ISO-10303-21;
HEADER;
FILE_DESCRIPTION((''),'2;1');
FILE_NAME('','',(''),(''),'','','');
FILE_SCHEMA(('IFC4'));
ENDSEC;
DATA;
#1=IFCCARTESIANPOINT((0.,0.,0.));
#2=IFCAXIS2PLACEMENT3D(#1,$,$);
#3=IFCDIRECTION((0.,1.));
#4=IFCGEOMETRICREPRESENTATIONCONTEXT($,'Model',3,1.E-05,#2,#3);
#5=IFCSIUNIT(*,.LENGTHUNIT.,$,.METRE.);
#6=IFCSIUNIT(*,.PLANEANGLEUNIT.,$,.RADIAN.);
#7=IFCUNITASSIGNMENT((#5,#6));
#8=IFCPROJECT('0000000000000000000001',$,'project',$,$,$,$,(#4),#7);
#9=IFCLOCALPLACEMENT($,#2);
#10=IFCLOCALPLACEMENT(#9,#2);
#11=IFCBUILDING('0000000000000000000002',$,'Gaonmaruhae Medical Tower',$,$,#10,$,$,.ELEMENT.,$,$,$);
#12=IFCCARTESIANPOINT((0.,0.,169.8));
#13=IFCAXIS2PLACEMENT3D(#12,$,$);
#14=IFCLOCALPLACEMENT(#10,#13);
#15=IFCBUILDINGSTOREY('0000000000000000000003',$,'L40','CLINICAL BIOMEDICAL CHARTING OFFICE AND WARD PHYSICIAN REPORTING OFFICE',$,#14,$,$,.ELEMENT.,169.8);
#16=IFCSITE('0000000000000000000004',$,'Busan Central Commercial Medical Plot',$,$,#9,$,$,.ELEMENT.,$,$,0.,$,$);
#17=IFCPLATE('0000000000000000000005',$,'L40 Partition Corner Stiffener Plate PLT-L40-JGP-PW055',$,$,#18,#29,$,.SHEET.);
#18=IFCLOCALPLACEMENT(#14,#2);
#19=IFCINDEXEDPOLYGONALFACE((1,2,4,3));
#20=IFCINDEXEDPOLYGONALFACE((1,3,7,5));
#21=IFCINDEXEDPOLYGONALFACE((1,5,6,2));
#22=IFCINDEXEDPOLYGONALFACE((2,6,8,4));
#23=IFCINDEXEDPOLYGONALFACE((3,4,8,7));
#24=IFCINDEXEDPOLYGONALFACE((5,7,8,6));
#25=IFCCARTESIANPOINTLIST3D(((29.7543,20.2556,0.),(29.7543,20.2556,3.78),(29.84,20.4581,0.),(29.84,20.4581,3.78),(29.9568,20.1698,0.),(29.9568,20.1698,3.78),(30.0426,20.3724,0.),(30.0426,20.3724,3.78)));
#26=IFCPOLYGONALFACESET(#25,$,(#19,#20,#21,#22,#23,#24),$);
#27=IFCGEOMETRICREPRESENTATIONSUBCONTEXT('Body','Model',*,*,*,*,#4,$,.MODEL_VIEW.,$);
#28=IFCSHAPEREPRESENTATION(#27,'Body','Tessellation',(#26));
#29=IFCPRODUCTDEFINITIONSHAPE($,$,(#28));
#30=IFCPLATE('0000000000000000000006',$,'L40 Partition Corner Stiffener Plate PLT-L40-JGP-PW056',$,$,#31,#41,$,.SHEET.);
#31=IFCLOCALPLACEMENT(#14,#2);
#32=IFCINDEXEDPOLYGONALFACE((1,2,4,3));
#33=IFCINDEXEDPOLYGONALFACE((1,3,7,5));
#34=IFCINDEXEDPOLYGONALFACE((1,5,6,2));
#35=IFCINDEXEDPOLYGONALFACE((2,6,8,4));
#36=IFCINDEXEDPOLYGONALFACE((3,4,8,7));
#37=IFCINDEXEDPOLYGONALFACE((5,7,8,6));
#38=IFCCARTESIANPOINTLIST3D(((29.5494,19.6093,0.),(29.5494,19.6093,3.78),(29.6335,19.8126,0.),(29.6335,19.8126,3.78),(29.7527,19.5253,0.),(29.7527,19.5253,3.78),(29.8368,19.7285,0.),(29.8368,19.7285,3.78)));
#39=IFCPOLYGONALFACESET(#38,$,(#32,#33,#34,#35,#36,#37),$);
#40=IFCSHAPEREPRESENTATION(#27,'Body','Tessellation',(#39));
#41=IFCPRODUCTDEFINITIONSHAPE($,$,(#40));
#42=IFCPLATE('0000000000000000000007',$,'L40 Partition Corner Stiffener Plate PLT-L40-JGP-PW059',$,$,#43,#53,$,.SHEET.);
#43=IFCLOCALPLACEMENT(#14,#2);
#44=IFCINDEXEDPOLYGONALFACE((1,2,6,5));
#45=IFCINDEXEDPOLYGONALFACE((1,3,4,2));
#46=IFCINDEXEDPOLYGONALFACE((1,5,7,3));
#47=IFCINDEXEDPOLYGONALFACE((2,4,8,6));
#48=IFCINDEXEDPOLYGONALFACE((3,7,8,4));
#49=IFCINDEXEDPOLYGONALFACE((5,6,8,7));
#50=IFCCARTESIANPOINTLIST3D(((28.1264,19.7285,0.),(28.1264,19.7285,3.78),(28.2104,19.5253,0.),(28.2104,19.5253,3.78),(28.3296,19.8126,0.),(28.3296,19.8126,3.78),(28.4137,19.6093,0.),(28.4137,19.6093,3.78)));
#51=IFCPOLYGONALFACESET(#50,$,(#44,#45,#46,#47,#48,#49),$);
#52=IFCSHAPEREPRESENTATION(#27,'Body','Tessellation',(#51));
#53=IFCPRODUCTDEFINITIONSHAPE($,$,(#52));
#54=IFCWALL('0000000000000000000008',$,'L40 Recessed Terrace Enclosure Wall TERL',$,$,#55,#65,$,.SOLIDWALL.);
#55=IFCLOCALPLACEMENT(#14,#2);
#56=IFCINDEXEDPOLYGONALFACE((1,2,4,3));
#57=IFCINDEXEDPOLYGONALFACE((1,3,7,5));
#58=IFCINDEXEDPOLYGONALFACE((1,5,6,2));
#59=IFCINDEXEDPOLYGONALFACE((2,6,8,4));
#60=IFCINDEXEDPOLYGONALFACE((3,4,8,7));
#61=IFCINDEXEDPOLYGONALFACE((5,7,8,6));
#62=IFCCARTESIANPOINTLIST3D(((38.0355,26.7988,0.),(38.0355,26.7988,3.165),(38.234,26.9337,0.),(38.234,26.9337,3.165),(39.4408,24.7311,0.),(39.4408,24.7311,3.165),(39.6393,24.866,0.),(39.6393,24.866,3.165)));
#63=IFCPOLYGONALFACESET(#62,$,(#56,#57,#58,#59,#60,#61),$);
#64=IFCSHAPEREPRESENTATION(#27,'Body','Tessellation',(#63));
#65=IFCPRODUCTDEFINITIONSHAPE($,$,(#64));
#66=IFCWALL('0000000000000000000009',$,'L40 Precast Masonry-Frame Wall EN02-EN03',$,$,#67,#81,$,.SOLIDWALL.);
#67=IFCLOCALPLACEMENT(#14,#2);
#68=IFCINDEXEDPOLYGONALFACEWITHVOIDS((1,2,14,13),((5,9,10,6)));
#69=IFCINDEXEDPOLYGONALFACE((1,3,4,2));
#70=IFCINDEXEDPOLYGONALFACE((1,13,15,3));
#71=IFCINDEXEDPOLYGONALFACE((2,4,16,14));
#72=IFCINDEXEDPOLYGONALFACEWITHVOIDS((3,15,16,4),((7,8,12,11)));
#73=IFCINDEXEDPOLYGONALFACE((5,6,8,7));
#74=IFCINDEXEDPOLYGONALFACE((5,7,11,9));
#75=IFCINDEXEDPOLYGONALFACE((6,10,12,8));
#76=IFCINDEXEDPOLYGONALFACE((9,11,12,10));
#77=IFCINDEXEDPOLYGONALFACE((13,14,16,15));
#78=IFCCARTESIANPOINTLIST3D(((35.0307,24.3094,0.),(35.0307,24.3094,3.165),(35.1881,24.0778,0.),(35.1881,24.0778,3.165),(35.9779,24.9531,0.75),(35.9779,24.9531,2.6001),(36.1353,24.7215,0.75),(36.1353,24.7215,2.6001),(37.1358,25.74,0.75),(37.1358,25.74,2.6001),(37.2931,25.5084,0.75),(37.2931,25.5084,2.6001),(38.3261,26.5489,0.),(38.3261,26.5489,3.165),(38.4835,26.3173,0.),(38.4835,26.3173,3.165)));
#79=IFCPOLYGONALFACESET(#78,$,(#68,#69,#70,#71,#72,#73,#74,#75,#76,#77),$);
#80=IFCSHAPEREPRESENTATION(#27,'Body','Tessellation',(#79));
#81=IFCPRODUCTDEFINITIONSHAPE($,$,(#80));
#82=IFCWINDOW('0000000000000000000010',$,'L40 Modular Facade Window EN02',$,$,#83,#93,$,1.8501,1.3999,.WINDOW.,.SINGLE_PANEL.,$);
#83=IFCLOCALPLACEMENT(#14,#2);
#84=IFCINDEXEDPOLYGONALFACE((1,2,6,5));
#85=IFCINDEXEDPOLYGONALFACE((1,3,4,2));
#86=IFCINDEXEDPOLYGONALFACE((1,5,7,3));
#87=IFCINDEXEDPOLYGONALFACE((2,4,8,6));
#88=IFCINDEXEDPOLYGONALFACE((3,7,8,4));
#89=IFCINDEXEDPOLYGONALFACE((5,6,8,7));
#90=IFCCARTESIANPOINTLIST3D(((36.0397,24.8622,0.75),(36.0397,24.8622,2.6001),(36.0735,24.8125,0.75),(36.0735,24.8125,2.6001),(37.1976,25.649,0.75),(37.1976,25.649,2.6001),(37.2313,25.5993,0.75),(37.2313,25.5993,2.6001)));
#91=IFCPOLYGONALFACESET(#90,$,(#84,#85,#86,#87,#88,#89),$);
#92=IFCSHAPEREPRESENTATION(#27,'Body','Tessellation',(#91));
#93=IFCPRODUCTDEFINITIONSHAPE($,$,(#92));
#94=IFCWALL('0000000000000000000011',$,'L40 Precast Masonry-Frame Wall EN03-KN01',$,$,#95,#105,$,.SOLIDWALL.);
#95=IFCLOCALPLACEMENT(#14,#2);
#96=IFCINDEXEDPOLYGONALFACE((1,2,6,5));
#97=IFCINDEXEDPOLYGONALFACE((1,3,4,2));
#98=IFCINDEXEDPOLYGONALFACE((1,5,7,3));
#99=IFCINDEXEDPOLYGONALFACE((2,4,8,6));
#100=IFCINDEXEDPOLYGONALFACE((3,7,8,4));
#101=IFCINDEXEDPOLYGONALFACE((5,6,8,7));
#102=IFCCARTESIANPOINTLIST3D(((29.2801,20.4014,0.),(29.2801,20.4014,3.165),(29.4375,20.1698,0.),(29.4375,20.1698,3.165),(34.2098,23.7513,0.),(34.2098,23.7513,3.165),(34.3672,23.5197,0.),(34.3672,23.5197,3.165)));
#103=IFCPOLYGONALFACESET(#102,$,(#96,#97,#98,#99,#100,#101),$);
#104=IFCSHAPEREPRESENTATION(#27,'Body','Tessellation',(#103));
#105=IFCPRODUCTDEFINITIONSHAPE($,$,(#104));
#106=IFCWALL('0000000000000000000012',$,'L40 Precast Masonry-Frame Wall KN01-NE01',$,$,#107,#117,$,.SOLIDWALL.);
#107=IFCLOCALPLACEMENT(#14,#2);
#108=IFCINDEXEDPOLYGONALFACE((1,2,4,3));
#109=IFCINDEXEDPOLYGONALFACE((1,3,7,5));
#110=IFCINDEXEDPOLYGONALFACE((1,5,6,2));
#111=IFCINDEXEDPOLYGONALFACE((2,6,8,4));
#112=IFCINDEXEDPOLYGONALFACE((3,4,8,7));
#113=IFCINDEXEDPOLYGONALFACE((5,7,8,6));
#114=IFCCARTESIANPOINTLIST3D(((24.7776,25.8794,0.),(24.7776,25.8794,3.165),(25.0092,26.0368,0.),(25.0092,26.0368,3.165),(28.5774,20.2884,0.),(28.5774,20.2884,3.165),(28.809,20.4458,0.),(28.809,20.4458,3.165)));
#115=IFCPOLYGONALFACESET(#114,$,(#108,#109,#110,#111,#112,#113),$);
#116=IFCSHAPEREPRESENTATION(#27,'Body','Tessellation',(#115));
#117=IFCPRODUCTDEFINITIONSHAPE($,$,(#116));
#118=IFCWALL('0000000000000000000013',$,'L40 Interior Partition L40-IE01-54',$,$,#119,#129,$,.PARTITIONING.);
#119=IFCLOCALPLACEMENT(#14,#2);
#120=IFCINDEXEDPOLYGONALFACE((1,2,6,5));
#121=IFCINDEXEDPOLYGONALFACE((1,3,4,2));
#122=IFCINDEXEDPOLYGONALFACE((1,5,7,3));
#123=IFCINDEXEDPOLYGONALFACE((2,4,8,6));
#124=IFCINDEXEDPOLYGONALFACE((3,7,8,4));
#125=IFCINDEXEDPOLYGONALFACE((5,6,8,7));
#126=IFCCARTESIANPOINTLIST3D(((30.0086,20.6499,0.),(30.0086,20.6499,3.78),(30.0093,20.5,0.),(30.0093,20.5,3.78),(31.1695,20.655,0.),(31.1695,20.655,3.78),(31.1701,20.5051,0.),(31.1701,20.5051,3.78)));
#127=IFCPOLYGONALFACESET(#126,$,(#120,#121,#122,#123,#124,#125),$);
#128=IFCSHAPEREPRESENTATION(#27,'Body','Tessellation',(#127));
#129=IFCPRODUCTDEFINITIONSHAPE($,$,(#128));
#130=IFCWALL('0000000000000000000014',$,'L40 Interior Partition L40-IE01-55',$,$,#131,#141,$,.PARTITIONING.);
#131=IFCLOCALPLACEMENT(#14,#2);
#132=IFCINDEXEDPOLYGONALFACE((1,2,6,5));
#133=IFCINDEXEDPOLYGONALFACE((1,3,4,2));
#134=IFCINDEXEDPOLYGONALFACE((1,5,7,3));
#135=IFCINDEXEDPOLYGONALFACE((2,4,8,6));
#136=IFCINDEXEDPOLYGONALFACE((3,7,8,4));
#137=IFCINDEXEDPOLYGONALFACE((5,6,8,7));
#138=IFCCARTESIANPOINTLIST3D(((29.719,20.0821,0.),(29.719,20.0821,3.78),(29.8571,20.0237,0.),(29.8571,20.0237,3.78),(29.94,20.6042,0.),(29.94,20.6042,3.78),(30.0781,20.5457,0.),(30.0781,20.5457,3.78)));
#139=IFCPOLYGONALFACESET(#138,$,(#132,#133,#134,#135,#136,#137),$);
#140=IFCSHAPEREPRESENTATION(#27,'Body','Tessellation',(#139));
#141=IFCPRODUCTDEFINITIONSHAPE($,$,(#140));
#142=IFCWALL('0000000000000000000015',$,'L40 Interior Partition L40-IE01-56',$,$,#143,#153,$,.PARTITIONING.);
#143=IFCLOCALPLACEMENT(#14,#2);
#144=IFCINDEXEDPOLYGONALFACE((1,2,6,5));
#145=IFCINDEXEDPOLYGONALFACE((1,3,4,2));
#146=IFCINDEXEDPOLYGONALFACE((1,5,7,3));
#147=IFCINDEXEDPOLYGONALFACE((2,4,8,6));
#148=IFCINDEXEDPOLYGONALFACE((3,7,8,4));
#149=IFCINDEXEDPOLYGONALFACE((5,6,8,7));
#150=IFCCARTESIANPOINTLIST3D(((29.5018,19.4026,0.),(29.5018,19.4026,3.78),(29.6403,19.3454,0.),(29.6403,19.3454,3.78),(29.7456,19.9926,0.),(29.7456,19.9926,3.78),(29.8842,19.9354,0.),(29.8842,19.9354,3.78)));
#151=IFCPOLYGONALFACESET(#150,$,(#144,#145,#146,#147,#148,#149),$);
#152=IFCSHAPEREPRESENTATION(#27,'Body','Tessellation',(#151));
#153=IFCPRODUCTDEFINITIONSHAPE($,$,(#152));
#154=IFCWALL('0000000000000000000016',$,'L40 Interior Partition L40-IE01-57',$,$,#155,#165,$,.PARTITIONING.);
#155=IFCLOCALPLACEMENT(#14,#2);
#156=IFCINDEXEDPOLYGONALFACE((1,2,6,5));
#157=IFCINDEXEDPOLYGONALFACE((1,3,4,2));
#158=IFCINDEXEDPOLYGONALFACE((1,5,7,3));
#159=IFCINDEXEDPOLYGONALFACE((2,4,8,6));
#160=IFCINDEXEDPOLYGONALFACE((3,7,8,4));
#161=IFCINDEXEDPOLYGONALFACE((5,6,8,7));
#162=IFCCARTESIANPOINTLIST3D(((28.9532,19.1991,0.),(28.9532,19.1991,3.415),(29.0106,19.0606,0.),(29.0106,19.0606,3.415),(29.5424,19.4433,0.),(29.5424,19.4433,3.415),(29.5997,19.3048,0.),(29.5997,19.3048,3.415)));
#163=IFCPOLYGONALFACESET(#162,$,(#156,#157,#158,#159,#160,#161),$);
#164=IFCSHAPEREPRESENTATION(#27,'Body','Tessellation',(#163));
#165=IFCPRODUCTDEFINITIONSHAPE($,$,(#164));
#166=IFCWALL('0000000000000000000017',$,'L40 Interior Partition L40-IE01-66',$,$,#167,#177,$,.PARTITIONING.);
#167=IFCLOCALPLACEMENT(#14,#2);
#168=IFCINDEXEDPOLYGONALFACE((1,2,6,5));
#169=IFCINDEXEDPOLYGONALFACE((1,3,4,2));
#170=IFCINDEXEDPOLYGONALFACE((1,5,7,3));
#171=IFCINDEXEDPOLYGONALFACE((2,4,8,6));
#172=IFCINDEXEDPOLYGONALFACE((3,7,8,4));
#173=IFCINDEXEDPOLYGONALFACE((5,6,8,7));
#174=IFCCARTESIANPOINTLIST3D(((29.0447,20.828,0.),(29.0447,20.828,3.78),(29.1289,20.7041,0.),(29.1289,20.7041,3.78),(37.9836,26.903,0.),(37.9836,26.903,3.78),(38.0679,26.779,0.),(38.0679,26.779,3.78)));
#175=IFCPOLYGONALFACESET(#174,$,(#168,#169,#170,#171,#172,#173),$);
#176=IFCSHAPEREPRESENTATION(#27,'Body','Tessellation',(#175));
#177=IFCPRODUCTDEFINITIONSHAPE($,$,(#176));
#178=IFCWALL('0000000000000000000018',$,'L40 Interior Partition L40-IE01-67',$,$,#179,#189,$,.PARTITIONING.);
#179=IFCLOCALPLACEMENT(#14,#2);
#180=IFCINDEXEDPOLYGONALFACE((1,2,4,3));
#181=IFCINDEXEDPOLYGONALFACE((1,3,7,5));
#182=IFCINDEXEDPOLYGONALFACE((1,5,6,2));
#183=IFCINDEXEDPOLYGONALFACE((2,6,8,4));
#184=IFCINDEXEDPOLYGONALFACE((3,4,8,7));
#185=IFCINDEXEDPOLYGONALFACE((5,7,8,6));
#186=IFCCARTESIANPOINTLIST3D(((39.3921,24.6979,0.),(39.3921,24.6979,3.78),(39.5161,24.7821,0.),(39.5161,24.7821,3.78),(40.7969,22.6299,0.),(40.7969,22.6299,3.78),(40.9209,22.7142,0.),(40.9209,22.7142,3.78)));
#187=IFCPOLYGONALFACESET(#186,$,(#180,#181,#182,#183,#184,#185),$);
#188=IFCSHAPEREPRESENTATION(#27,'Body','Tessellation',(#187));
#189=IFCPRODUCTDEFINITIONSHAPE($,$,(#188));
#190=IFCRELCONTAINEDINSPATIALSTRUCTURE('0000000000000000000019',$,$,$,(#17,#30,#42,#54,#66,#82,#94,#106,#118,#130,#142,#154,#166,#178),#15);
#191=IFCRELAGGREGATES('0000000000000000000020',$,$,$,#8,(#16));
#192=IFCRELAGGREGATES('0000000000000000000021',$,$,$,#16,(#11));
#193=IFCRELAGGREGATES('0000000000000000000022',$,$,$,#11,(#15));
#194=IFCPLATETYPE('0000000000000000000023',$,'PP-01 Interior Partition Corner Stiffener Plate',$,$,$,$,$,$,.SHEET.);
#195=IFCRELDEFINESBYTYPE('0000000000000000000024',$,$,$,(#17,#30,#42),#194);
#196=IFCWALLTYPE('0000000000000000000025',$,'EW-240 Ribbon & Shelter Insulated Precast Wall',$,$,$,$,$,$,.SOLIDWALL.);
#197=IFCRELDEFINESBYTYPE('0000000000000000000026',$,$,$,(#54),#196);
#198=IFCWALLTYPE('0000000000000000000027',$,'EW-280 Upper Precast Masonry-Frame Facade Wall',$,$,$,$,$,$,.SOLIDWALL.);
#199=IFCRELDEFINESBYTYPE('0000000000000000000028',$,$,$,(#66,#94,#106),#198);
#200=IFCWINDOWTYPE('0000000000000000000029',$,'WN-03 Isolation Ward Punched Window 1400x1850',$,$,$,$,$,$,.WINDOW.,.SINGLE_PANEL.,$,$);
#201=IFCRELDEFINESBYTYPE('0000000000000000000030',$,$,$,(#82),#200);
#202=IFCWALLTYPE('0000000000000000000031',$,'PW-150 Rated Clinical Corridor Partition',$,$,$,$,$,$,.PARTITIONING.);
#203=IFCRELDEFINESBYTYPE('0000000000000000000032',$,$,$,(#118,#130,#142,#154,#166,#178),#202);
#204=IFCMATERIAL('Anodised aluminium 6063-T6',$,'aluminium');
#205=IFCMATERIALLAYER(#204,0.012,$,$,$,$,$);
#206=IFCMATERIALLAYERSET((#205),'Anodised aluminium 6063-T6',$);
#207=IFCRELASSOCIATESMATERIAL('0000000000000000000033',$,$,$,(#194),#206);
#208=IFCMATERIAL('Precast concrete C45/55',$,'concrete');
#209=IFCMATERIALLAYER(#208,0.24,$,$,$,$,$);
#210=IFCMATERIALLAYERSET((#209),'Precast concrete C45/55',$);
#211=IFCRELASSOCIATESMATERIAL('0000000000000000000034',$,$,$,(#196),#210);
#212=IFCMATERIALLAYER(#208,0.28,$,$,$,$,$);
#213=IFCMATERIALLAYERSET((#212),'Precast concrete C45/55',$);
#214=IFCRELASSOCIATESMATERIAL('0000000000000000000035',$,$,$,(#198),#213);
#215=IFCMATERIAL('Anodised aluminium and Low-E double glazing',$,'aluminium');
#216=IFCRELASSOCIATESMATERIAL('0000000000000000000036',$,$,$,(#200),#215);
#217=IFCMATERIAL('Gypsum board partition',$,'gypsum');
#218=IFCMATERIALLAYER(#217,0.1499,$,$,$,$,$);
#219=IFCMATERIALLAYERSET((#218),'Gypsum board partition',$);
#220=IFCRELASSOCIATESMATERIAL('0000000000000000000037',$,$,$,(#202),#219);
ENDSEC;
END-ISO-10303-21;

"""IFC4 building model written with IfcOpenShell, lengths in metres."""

from ifc_helpers import new_model, si_unit, direction, frame, frame_2d, origin, origin_2d, place, context, subcontext, project, spatial, rectangle, extrude, material, layer, layer_set, type_object, element, fill, save


model = new_model("IFC4")

# Units and contexts
model_context = context("Model", 3, precision=1e-05, world=origin(), true_north=direction((0.0, 1.0)))
body_context = subcontext(model_context, "Body", "Model", "MODEL_VIEW")
ifc_project = project(units=[si_unit("LENGTHUNIT", "METRE"), si_unit("PLANEANGLEUNIT", "RADIAN")], contexts=[model_context])

# Site, building, storey
site_placement = place(None, origin())
site = spatial("IfcSite", under=ifc_project, at=site_placement, Name="Busan Central Commercial Medical Plot", CompositionType="ELEMENT", RefElevation=0.0)
building_placement = place(site_placement, origin())
building = spatial("IfcBuilding", under=site, at=building_placement, Name="Gaonmaruhae Medical Tower", CompositionType="ELEMENT")
storey_placement = place(building_placement, frame((0.0, 0.0, 169.8)))
storey = spatial("IfcBuildingStorey", under=building, at=storey_placement, Name="L40", Description="CLINICAL BIOMEDICAL CHARTING OFFICE AND WARD PHYSICIAN REPORTING OFFICE", CompositionType="ELEMENT", Elevation=169.8)

# Plates
ifc_material_1 = material(Name="Anodised aluminium 6063-T6", Category="aluminium")
ifc_layer_1 = layer(ifc_material_1, 0.012)
ifc_layer_set_1 = layer_set([ifc_layer_1], Name="Anodised aluminium 6063-T6")
plate_type = type_object("IfcPlateType", Name="PP-01 Interior Partition Corner Stiffener Plate", PredefinedType="SHEET", material=ifc_layer_set_1)
for number, where, z_axis, x_axis, name in (
    (1, (29.8984, 20.314, 0.0), (0.0, 0.0, 1.0), (-0.389863, -0.920873, 0.0), "L40 Partition Corner Stiffener Plate PLT-L40-JGP-PW055"),
    (2, (29.6931, 19.6689, 0.0), (0.0, 0.0, 1.0), (-0.382167, -0.924093, 0.0), "L40 Partition Corner Stiffener Plate PLT-L40-JGP-PW056"),
    (3, (28.27, 19.6689, 0.0), (0.0, 0.0, 1.0), (-0.382167, 0.924093, 0.0), "L40 Partition Corner Stiffener Plate PLT-L40-JGP-PW059"),
):
    element("IfcPlate", number, at=place(storey_placement, frame(where, z_axis=z_axis, x_axis=x_axis)), inside=storey, type_object=plate_type, Name=name, PredefinedType="SHEET", context=body_context, shape_type="SweptSolid", body=[
        extrude(rectangle(XDim=0.22, YDim=0.22, at=origin_2d()), origin(), (0.0, 0.0, 1.0), 3.78),
    ])

# Wall
ifc_material_2 = material(Name="Precast concrete C45/55", Category="concrete")
ifc_layer_2 = layer(ifc_material_2, 0.24)
ifc_layer_set_2 = layer_set([ifc_layer_2], Name="Precast concrete C45/55")
wall_type_1 = type_object("IfcWallType", Name="EW-240 Ribbon & Shelter Insulated Precast Wall", PredefinedType="SOLIDWALL", material=ifc_layer_set_2)
wall_1_placement = place(storey_placement, frame((38.1348, 26.8662, 0.0), z_axis=(0.0, 0.0, 1.0), x_axis=(0.562115, -0.827059, 0.0)))
element("IfcWall", 4, at=wall_1_placement, inside=storey, type_object=wall_type_1, Name="L40 Recessed Terrace Enclosure Wall TERL", PredefinedType="SOLIDWALL", context=body_context, shape_type="SweptSolid", body=[
    extrude(rectangle(XDim=2.5, YDim=0.24, at=frame_2d((1.25, 0.0))), origin(), (0.0, 0.0, 1.0), 3.165),
])

# Wall, opening, window
ifc_layer_3 = layer(ifc_material_2, 0.28)
ifc_layer_set_3 = layer_set([ifc_layer_3], Name="Precast concrete C45/55")
wall_type_2 = type_object("IfcWallType", Name="EW-280 Upper Precast Masonry-Frame Facade Wall", PredefinedType="SOLIDWALL", material=ifc_layer_set_3)
wall_2_placement = place(storey_placement, frame((35.1094, 24.1936, 0.0), z_axis=(0.0, 0.0, 1.0), x_axis=(0.827087, 0.562074, 0.0)))
wall_2 = element("IfcWall", 5, at=wall_2_placement, inside=storey, type_object=wall_type_2, Name="L40 Precast Masonry-Frame Wall EN02-EN03", PredefinedType="SOLIDWALL", context=body_context, shape_type="SweptSolid", body=[
    extrude(rectangle(XDim=3.9844, YDim=0.28, at=frame_2d((1.9922, 0.0))), origin(), (0.0, 0.0, 1.0), 3.165),
])
opening_1_placement = place(wall_2_placement, frame((1.1453, 0.0, 0.75)))
opening_1 = element("IfcOpeningElement", 6, at=opening_1_placement, cuts=wall_2, PredefinedType="OPENING", context=body_context, shape_type="SweptSolid", body=[
    extrude(rectangle(XDim=1.3999, YDim=1.8501, at=frame_2d((0.7, 0.925))), frame((0.0, 0.1499, 0.0), z_axis=(0.0, -1.0, 0.0), x_axis=(1.0, 0.0, 0.0)), (0.0, 0.0, 1.0), 0.3),
])
ifc_material_3 = material(Name="Anodised aluminium and Low-E double glazing", Category="aluminium")
window_type = type_object("IfcWindowType", Name="WN-03 Isolation Ward Punched Window 1400x1850", PartitioningType="SINGLE_PANEL", PredefinedType="WINDOW", material=ifc_material_3)
window_placement = place(opening_1_placement, origin())
window = element("IfcWindow", 7, at=window_placement, inside=storey, type_object=window_type, Name="L40 Modular Facade Window EN02", OverallHeight=1.8501, OverallWidth=1.3999, PartitioningType="SINGLE_PANEL", PredefinedType="WINDOW", context=body_context, shape_type="SweptSolid", body=[
    extrude(rectangle(XDim=1.3999, YDim=1.8501, at=frame_2d((0.7, 0.925))), frame((0.0, 0.03, 0.0), z_axis=(0.0, -1.0, 0.0), x_axis=(1.0, 0.0, 0.0)), (0.0, 0.0, 1.0), 0.0601),
])
fill(opening_1, window)

# Walls
wall_3_placement = place(storey_placement, frame((29.3589, 20.2856, 0.0), z_axis=(0.0, 0.0, 1.0), x_axis=(0.827109, 0.562042, 0.0)))
element("IfcWall", 8, at=wall_3_placement, inside=storey, type_object=wall_type_2, Name="L40 Precast Masonry-Frame Wall EN03-KN01", PredefinedType="SOLIDWALL", context=body_context, shape_type="SweptSolid", body=[
    extrude(rectangle(XDim=5.9602, YDim=0.28, at=frame_2d((2.98, 0.0))), origin(), (0.0, 0.0, 1.0), 3.165),
])
wall_4_placement = place(storey_placement, frame((28.6931, 20.3672, 0.0), z_axis=(0.0, 0.0, 1.0), x_axis=(-0.562096, 0.827072, 0.0)))
element("IfcWall", 9, at=wall_4_placement, inside=storey, type_object=wall_type_2, Name="L40 Precast Masonry-Frame Wall KN01-NE01", PredefinedType="SOLIDWALL", context=body_context, shape_type="SweptSolid", body=[
    extrude(rectangle(XDim=6.76, YDim=0.28, at=frame_2d((3.3799, 0.0))), origin(), (0.0, 0.0, 1.0), 3.165),
])
ifc_material_4 = material(Name="Gypsum board partition", Category="gypsum")
ifc_layer_4 = layer(ifc_material_4, 0.1499)
ifc_layer_set_4 = layer_set([ifc_layer_4], Name="Gypsum board partition")
wall_type_3 = type_object("IfcWallType", Name="PW-150 Rated Clinical Corridor Partition", PredefinedType="PARTITIONING", material=ifc_layer_set_4)
wall_5_placement = place(storey_placement, frame((31.1699, 20.5801, 0.0), z_axis=(0.0, 0.0, 1.0), x_axis=(-0.99999, -0.004416, 0.0)))
element("IfcWall", 10, at=wall_5_placement, inside=storey, type_object=wall_type_3, Name="L40 Interior Partition L40-IE01-54", PredefinedType="PARTITIONING", context=body_context, shape_type="SweptSolid", body=[
    extrude(rectangle(XDim=1.1609, YDim=0.1499, at=frame_2d((0.5806, 0.0))), origin(), (0.0, 0.0, 1.0), 3.78),
])
wall_6_placement = place(storey_placement, frame((30.009, 20.575, 0.0), z_axis=(0.0, 0.0, 1.0), x_axis=(-0.389809, -0.920896, 0.0)))
element("IfcWall", 11, at=wall_6_placement, inside=storey, type_object=wall_type_3, Name="L40 Interior Partition L40-IE01-55", PredefinedType="PARTITIONING", context=body_context, shape_type="SweptSolid", body=[
    extrude(rectangle(XDim=0.5669, YDim=0.1499, at=frame_2d((0.2834, 0.0))), origin(), (0.0, 0.0, 1.0), 3.78),
])
wall_7_placement = place(storey_placement, frame((29.8149, 19.9641, 0.0), z_axis=(0.0, 0.0, 1.0), x_axis=(-0.38198, -0.92417, 0.0)))
element("IfcWall", 12, at=wall_7_placement, inside=storey, type_object=wall_type_3, Name="L40 Interior Partition L40-IE01-56", PredefinedType="PARTITIONING", context=body_context, shape_type="SweptSolid", body=[
    extrude(rectangle(XDim=0.6384, YDim=0.1499, at=frame_2d((0.3193, 0.0))), origin(), (0.0, 0.0, 1.0), 3.78),
])
wall_8_placement = place(storey_placement, frame((29.571, 19.374, 0.0), z_axis=(0.0, 0.0, 1.0), x_axis=(-0.923811, -0.382848, 0.0)))
element("IfcWall", 13, at=wall_8_placement, inside=storey, type_object=wall_type_3, Name="L40 Interior Partition L40-IE01-57", PredefinedType="PARTITIONING", context=body_context, shape_type="SweptSolid", body=[
    extrude(rectangle(XDim=0.6377, YDim=0.1499, at=frame_2d((0.3188, 0.0))), origin(), (0.0, 0.0, 1.0), 3.415),
])
wall_9_placement = place(storey_placement, frame((29.0869, 20.7661, 0.0), z_axis=(0.0, 0.0, 1.0), x_axis=(0.827079, 0.562086, 0.0)))
element("IfcWall", 14, at=wall_9_placement, inside=storey, type_object=wall_type_3, Name="L40 Interior Partition L40-IE01-66", PredefinedType="PARTITIONING", context=body_context, shape_type="SweptSolid", body=[
    extrude(rectangle(XDim=10.8079, YDim=0.1499, at=frame_2d((5.4038, 0.0))), origin(), (0.0, 0.0, 1.0), 3.78),
])
wall_10_placement = place(storey_placement, frame((39.4541, 24.74, 0.0), z_axis=(0.0, 0.0, 1.0), x_axis=(0.561936, -0.827181, 0.0)))
element("IfcWall", 15, at=wall_10_placement, inside=storey, type_object=wall_type_3, Name="L40 Interior Partition L40-IE01-67", PredefinedType="PARTITIONING", context=body_context, shape_type="SweptSolid", body=[
    extrude(rectangle(XDim=2.5, YDim=0.1499, at=frame_2d((1.25, 0.0))), origin(), (0.0, 0.0, 1.0), 3.78),
])

save(model, "model.ifc")
